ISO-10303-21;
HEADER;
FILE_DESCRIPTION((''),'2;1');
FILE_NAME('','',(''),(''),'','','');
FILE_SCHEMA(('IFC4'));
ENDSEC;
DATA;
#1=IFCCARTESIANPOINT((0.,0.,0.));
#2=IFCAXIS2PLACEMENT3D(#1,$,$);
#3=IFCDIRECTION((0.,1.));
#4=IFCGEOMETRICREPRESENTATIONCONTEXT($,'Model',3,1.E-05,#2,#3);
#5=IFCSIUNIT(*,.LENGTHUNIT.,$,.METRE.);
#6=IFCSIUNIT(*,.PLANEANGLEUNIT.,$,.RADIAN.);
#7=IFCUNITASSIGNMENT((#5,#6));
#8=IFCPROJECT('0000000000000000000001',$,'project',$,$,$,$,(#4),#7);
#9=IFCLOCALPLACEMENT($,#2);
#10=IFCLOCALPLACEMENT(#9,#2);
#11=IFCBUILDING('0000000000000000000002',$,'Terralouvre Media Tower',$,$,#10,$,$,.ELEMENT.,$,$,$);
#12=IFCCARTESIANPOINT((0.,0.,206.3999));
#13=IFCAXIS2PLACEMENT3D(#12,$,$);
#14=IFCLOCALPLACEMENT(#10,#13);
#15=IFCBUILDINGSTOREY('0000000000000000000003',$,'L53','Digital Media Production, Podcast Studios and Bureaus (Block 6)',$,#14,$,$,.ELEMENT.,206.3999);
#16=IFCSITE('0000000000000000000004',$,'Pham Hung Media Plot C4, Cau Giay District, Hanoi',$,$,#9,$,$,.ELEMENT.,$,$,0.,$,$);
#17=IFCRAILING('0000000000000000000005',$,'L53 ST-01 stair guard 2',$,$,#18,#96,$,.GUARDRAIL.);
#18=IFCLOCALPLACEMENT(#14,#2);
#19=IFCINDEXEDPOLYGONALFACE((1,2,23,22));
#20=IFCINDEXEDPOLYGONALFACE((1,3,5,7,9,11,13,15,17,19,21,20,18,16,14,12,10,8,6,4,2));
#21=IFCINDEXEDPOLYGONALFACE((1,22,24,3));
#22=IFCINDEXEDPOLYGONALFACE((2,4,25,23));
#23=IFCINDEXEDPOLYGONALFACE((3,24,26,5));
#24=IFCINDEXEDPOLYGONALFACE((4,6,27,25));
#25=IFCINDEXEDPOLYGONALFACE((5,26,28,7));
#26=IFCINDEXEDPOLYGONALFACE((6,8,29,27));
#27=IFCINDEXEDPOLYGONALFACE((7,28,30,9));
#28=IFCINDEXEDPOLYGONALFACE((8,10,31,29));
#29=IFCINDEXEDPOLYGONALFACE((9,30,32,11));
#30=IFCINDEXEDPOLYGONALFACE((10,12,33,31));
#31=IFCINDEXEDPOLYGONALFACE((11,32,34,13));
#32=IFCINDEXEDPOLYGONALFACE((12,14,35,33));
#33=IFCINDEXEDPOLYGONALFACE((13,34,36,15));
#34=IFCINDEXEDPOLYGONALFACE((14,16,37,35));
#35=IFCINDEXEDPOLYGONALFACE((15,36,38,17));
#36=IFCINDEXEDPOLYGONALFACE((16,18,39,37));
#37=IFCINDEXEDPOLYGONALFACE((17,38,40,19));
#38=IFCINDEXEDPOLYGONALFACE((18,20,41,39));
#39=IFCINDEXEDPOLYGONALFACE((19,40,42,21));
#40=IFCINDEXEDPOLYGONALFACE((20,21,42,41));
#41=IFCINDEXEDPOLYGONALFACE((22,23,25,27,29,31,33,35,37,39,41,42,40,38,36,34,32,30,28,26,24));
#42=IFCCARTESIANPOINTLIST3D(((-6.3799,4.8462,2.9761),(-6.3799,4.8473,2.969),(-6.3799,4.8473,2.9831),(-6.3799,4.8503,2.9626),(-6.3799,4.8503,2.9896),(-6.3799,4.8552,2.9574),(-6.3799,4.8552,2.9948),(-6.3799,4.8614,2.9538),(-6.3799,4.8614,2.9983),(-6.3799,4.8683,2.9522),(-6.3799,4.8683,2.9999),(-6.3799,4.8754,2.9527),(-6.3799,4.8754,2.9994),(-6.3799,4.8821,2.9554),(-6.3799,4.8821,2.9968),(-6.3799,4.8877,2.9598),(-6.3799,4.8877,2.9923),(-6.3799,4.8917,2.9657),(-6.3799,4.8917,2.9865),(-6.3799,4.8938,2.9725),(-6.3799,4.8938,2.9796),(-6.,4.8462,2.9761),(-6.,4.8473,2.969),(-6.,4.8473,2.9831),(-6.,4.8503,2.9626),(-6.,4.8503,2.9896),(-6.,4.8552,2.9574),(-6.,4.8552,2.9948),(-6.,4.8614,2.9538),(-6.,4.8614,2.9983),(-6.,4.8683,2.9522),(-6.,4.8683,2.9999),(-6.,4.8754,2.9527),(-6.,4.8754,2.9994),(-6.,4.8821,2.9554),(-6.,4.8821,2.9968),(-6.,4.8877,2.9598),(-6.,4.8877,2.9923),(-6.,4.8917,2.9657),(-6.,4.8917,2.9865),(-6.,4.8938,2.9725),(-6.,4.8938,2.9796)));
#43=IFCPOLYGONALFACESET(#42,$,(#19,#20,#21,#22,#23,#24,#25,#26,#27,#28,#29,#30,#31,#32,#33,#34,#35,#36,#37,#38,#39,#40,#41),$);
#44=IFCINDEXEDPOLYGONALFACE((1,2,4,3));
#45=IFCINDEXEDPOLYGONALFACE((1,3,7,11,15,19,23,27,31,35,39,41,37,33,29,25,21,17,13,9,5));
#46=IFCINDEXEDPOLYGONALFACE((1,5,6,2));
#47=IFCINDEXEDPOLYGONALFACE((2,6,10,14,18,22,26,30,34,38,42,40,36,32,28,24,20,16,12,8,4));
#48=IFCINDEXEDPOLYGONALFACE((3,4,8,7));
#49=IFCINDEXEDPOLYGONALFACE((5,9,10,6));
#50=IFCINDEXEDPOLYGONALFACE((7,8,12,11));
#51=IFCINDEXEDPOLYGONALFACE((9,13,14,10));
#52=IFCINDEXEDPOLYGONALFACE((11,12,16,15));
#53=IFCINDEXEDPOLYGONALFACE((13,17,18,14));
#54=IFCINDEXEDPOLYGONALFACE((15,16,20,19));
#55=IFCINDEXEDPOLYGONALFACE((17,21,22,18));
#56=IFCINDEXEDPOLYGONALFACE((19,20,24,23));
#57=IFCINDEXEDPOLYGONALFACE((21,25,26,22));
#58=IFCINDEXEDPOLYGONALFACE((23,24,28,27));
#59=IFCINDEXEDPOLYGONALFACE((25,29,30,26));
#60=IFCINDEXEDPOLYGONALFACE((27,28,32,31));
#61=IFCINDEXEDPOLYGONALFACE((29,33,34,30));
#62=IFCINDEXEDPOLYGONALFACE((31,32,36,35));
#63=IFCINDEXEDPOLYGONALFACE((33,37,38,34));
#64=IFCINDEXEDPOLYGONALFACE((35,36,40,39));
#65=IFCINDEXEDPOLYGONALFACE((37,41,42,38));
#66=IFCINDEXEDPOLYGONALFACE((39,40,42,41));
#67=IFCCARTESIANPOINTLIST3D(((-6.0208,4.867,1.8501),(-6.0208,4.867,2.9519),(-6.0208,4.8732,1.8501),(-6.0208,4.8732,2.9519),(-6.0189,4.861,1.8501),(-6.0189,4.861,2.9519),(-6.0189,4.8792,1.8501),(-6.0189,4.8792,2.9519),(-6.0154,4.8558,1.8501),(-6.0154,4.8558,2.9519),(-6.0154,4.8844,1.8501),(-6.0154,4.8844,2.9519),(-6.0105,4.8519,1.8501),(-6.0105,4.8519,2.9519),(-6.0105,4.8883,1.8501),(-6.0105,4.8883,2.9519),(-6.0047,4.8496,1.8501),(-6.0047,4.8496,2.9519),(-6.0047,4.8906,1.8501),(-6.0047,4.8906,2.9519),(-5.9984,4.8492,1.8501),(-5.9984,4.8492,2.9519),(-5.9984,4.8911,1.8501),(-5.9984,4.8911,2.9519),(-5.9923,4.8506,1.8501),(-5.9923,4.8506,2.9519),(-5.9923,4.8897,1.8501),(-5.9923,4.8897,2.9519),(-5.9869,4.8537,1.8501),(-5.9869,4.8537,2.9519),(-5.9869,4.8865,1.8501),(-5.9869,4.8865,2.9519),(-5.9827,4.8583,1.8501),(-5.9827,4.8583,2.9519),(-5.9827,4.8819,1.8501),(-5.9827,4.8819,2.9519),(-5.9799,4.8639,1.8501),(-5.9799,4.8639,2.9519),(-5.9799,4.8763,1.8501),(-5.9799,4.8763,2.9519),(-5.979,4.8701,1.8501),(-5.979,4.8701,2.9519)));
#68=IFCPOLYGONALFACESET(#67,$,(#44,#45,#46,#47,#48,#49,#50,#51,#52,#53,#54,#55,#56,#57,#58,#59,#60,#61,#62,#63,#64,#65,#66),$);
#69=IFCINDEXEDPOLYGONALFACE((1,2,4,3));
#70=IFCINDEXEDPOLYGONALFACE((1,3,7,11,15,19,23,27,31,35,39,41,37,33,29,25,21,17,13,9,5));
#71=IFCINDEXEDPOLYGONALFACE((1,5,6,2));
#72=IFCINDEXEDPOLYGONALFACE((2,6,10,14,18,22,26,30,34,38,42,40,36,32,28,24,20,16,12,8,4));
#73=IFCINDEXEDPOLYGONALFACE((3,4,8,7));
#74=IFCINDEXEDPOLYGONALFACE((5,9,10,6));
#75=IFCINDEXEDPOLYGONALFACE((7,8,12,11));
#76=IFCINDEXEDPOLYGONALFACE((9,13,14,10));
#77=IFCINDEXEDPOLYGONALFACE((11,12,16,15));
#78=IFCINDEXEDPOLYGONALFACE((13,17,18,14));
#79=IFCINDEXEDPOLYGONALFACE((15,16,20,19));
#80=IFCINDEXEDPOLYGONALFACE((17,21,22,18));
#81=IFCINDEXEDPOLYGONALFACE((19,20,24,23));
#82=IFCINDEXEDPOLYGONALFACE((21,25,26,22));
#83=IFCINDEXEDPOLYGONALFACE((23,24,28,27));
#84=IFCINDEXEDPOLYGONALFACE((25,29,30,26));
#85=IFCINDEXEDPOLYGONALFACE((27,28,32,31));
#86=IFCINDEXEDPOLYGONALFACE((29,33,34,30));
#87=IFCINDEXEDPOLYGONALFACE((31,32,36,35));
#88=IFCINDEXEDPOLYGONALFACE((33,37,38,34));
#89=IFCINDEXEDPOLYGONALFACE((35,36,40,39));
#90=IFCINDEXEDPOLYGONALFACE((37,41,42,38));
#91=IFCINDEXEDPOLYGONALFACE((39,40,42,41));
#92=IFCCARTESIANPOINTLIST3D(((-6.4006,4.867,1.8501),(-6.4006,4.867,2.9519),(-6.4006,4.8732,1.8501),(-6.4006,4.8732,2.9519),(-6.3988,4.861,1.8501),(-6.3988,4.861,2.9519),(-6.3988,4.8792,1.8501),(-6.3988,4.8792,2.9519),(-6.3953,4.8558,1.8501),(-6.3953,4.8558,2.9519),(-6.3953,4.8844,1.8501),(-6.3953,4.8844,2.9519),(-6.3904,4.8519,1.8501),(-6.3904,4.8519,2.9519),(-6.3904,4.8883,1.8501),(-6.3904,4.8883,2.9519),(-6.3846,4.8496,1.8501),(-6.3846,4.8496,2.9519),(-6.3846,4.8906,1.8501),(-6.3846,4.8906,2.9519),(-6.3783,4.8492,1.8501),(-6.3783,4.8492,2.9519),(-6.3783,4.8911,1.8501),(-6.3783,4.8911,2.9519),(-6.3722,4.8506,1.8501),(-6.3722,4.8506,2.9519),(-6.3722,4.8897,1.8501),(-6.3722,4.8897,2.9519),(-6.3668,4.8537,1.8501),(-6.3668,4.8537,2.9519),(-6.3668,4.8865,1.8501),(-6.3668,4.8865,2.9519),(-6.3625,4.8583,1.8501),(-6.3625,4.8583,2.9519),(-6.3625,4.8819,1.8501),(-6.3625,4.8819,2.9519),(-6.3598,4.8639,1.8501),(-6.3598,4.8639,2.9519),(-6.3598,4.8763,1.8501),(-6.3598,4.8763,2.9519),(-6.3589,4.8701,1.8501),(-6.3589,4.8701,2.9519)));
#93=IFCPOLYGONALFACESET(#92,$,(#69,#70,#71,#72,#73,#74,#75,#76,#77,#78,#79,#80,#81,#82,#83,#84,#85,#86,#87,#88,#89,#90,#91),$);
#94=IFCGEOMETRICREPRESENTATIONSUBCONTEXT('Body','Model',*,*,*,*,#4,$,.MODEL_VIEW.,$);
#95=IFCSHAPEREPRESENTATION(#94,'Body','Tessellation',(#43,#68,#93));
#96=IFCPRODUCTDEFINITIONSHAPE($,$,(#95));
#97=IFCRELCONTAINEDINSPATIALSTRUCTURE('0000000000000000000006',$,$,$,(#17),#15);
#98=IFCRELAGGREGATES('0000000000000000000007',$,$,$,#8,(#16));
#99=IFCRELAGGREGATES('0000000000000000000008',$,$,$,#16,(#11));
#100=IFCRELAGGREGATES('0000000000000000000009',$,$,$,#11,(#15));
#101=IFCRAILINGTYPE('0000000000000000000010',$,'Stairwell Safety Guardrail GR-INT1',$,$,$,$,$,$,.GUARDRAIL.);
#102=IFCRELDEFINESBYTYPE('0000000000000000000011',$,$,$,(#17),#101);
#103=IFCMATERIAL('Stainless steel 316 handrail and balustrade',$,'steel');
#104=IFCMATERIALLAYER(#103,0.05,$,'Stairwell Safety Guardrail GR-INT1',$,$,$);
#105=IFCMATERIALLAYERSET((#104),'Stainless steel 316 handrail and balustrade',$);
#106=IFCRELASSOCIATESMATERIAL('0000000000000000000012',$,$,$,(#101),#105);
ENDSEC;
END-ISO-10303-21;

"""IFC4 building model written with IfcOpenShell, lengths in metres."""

from ifc_helpers import new_model, si_unit, direction, frame, origin, origin_2d, place, context, subcontext, project, spatial, circle, extrude, material, layer, layer_set, type_object, element, save


model = new_model("IFC4")

# Units and contexts
model_context = context("Model", 3, precision=1e-05, world=origin(), true_north=direction((0.0, 1.0)))
body_context = subcontext(model_context, "Body", "Model", "MODEL_VIEW")
ifc_project = project(units=[si_unit("LENGTHUNIT", "METRE"), si_unit("PLANEANGLEUNIT", "RADIAN")], contexts=[model_context])

# Site, building, storey
site_placement = place(None, origin())
site = spatial("IfcSite", under=ifc_project, at=site_placement, Name="Pham Hung Media Plot C4, Cau Giay District, Hanoi", CompositionType="ELEMENT", RefElevation=0.0)
building_placement = place(site_placement, origin())
building = spatial("IfcBuilding", under=site, at=building_placement, Name="Terralouvre Media Tower", CompositionType="ELEMENT")
storey_placement = place(building_placement, frame((0.0, 0.0, 206.3999)))
storey = spatial("IfcBuildingStorey", under=building, at=storey_placement, Name="L53", Description="Digital Media Production, Podcast Studios and Bureaus (Block 6)", CompositionType="ELEMENT", Elevation=206.3999)

# Railing
ifc_material_1 = material(Name="Stainless steel 316 handrail and balustrade", Category="steel")
ifc_layer_1 = layer(ifc_material_1, 0.05, Name="Stairwell Safety Guardrail GR-INT1")
ifc_layer_set_1 = layer_set([ifc_layer_1], Name="Stainless steel 316 handrail and balustrade")
railing_type_1 = type_object("IfcRailingType", Name="Stairwell Safety Guardrail GR-INT1", PredefinedType="GUARDRAIL", material=ifc_layer_set_1)
railing_1_placement = place(storey_placement, frame((-6.0, 4.8701, 1.8501)))
element("IfcRailing", 1, at=railing_1_placement, inside=storey, type_object=railing_type_1, Name="L53 ST-01 stair guard 2", PredefinedType="GUARDRAIL", context=body_context, shape_type="SweptSolid", body=[
    extrude(circle(Radius=0.0239, at=origin_2d()), frame((0.0, 0.0, 1.126), z_axis=(-1.0, 0.0, 0.0), x_axis=(0.0, -1.0, 0.0)), (0.0, 0.0, 1.0), 0.3799),
    extrude(circle(Radius=0.021, at=origin_2d()), origin(), (0.0, 0.0, 1.0), 1.1018),
    extrude(circle(Radius=0.021, at=origin_2d()), frame((-0.3799, 0.0, 0.0)), (0.0, 0.0, 1.0), 1.1018),
])

save(model, "model.ifc")
